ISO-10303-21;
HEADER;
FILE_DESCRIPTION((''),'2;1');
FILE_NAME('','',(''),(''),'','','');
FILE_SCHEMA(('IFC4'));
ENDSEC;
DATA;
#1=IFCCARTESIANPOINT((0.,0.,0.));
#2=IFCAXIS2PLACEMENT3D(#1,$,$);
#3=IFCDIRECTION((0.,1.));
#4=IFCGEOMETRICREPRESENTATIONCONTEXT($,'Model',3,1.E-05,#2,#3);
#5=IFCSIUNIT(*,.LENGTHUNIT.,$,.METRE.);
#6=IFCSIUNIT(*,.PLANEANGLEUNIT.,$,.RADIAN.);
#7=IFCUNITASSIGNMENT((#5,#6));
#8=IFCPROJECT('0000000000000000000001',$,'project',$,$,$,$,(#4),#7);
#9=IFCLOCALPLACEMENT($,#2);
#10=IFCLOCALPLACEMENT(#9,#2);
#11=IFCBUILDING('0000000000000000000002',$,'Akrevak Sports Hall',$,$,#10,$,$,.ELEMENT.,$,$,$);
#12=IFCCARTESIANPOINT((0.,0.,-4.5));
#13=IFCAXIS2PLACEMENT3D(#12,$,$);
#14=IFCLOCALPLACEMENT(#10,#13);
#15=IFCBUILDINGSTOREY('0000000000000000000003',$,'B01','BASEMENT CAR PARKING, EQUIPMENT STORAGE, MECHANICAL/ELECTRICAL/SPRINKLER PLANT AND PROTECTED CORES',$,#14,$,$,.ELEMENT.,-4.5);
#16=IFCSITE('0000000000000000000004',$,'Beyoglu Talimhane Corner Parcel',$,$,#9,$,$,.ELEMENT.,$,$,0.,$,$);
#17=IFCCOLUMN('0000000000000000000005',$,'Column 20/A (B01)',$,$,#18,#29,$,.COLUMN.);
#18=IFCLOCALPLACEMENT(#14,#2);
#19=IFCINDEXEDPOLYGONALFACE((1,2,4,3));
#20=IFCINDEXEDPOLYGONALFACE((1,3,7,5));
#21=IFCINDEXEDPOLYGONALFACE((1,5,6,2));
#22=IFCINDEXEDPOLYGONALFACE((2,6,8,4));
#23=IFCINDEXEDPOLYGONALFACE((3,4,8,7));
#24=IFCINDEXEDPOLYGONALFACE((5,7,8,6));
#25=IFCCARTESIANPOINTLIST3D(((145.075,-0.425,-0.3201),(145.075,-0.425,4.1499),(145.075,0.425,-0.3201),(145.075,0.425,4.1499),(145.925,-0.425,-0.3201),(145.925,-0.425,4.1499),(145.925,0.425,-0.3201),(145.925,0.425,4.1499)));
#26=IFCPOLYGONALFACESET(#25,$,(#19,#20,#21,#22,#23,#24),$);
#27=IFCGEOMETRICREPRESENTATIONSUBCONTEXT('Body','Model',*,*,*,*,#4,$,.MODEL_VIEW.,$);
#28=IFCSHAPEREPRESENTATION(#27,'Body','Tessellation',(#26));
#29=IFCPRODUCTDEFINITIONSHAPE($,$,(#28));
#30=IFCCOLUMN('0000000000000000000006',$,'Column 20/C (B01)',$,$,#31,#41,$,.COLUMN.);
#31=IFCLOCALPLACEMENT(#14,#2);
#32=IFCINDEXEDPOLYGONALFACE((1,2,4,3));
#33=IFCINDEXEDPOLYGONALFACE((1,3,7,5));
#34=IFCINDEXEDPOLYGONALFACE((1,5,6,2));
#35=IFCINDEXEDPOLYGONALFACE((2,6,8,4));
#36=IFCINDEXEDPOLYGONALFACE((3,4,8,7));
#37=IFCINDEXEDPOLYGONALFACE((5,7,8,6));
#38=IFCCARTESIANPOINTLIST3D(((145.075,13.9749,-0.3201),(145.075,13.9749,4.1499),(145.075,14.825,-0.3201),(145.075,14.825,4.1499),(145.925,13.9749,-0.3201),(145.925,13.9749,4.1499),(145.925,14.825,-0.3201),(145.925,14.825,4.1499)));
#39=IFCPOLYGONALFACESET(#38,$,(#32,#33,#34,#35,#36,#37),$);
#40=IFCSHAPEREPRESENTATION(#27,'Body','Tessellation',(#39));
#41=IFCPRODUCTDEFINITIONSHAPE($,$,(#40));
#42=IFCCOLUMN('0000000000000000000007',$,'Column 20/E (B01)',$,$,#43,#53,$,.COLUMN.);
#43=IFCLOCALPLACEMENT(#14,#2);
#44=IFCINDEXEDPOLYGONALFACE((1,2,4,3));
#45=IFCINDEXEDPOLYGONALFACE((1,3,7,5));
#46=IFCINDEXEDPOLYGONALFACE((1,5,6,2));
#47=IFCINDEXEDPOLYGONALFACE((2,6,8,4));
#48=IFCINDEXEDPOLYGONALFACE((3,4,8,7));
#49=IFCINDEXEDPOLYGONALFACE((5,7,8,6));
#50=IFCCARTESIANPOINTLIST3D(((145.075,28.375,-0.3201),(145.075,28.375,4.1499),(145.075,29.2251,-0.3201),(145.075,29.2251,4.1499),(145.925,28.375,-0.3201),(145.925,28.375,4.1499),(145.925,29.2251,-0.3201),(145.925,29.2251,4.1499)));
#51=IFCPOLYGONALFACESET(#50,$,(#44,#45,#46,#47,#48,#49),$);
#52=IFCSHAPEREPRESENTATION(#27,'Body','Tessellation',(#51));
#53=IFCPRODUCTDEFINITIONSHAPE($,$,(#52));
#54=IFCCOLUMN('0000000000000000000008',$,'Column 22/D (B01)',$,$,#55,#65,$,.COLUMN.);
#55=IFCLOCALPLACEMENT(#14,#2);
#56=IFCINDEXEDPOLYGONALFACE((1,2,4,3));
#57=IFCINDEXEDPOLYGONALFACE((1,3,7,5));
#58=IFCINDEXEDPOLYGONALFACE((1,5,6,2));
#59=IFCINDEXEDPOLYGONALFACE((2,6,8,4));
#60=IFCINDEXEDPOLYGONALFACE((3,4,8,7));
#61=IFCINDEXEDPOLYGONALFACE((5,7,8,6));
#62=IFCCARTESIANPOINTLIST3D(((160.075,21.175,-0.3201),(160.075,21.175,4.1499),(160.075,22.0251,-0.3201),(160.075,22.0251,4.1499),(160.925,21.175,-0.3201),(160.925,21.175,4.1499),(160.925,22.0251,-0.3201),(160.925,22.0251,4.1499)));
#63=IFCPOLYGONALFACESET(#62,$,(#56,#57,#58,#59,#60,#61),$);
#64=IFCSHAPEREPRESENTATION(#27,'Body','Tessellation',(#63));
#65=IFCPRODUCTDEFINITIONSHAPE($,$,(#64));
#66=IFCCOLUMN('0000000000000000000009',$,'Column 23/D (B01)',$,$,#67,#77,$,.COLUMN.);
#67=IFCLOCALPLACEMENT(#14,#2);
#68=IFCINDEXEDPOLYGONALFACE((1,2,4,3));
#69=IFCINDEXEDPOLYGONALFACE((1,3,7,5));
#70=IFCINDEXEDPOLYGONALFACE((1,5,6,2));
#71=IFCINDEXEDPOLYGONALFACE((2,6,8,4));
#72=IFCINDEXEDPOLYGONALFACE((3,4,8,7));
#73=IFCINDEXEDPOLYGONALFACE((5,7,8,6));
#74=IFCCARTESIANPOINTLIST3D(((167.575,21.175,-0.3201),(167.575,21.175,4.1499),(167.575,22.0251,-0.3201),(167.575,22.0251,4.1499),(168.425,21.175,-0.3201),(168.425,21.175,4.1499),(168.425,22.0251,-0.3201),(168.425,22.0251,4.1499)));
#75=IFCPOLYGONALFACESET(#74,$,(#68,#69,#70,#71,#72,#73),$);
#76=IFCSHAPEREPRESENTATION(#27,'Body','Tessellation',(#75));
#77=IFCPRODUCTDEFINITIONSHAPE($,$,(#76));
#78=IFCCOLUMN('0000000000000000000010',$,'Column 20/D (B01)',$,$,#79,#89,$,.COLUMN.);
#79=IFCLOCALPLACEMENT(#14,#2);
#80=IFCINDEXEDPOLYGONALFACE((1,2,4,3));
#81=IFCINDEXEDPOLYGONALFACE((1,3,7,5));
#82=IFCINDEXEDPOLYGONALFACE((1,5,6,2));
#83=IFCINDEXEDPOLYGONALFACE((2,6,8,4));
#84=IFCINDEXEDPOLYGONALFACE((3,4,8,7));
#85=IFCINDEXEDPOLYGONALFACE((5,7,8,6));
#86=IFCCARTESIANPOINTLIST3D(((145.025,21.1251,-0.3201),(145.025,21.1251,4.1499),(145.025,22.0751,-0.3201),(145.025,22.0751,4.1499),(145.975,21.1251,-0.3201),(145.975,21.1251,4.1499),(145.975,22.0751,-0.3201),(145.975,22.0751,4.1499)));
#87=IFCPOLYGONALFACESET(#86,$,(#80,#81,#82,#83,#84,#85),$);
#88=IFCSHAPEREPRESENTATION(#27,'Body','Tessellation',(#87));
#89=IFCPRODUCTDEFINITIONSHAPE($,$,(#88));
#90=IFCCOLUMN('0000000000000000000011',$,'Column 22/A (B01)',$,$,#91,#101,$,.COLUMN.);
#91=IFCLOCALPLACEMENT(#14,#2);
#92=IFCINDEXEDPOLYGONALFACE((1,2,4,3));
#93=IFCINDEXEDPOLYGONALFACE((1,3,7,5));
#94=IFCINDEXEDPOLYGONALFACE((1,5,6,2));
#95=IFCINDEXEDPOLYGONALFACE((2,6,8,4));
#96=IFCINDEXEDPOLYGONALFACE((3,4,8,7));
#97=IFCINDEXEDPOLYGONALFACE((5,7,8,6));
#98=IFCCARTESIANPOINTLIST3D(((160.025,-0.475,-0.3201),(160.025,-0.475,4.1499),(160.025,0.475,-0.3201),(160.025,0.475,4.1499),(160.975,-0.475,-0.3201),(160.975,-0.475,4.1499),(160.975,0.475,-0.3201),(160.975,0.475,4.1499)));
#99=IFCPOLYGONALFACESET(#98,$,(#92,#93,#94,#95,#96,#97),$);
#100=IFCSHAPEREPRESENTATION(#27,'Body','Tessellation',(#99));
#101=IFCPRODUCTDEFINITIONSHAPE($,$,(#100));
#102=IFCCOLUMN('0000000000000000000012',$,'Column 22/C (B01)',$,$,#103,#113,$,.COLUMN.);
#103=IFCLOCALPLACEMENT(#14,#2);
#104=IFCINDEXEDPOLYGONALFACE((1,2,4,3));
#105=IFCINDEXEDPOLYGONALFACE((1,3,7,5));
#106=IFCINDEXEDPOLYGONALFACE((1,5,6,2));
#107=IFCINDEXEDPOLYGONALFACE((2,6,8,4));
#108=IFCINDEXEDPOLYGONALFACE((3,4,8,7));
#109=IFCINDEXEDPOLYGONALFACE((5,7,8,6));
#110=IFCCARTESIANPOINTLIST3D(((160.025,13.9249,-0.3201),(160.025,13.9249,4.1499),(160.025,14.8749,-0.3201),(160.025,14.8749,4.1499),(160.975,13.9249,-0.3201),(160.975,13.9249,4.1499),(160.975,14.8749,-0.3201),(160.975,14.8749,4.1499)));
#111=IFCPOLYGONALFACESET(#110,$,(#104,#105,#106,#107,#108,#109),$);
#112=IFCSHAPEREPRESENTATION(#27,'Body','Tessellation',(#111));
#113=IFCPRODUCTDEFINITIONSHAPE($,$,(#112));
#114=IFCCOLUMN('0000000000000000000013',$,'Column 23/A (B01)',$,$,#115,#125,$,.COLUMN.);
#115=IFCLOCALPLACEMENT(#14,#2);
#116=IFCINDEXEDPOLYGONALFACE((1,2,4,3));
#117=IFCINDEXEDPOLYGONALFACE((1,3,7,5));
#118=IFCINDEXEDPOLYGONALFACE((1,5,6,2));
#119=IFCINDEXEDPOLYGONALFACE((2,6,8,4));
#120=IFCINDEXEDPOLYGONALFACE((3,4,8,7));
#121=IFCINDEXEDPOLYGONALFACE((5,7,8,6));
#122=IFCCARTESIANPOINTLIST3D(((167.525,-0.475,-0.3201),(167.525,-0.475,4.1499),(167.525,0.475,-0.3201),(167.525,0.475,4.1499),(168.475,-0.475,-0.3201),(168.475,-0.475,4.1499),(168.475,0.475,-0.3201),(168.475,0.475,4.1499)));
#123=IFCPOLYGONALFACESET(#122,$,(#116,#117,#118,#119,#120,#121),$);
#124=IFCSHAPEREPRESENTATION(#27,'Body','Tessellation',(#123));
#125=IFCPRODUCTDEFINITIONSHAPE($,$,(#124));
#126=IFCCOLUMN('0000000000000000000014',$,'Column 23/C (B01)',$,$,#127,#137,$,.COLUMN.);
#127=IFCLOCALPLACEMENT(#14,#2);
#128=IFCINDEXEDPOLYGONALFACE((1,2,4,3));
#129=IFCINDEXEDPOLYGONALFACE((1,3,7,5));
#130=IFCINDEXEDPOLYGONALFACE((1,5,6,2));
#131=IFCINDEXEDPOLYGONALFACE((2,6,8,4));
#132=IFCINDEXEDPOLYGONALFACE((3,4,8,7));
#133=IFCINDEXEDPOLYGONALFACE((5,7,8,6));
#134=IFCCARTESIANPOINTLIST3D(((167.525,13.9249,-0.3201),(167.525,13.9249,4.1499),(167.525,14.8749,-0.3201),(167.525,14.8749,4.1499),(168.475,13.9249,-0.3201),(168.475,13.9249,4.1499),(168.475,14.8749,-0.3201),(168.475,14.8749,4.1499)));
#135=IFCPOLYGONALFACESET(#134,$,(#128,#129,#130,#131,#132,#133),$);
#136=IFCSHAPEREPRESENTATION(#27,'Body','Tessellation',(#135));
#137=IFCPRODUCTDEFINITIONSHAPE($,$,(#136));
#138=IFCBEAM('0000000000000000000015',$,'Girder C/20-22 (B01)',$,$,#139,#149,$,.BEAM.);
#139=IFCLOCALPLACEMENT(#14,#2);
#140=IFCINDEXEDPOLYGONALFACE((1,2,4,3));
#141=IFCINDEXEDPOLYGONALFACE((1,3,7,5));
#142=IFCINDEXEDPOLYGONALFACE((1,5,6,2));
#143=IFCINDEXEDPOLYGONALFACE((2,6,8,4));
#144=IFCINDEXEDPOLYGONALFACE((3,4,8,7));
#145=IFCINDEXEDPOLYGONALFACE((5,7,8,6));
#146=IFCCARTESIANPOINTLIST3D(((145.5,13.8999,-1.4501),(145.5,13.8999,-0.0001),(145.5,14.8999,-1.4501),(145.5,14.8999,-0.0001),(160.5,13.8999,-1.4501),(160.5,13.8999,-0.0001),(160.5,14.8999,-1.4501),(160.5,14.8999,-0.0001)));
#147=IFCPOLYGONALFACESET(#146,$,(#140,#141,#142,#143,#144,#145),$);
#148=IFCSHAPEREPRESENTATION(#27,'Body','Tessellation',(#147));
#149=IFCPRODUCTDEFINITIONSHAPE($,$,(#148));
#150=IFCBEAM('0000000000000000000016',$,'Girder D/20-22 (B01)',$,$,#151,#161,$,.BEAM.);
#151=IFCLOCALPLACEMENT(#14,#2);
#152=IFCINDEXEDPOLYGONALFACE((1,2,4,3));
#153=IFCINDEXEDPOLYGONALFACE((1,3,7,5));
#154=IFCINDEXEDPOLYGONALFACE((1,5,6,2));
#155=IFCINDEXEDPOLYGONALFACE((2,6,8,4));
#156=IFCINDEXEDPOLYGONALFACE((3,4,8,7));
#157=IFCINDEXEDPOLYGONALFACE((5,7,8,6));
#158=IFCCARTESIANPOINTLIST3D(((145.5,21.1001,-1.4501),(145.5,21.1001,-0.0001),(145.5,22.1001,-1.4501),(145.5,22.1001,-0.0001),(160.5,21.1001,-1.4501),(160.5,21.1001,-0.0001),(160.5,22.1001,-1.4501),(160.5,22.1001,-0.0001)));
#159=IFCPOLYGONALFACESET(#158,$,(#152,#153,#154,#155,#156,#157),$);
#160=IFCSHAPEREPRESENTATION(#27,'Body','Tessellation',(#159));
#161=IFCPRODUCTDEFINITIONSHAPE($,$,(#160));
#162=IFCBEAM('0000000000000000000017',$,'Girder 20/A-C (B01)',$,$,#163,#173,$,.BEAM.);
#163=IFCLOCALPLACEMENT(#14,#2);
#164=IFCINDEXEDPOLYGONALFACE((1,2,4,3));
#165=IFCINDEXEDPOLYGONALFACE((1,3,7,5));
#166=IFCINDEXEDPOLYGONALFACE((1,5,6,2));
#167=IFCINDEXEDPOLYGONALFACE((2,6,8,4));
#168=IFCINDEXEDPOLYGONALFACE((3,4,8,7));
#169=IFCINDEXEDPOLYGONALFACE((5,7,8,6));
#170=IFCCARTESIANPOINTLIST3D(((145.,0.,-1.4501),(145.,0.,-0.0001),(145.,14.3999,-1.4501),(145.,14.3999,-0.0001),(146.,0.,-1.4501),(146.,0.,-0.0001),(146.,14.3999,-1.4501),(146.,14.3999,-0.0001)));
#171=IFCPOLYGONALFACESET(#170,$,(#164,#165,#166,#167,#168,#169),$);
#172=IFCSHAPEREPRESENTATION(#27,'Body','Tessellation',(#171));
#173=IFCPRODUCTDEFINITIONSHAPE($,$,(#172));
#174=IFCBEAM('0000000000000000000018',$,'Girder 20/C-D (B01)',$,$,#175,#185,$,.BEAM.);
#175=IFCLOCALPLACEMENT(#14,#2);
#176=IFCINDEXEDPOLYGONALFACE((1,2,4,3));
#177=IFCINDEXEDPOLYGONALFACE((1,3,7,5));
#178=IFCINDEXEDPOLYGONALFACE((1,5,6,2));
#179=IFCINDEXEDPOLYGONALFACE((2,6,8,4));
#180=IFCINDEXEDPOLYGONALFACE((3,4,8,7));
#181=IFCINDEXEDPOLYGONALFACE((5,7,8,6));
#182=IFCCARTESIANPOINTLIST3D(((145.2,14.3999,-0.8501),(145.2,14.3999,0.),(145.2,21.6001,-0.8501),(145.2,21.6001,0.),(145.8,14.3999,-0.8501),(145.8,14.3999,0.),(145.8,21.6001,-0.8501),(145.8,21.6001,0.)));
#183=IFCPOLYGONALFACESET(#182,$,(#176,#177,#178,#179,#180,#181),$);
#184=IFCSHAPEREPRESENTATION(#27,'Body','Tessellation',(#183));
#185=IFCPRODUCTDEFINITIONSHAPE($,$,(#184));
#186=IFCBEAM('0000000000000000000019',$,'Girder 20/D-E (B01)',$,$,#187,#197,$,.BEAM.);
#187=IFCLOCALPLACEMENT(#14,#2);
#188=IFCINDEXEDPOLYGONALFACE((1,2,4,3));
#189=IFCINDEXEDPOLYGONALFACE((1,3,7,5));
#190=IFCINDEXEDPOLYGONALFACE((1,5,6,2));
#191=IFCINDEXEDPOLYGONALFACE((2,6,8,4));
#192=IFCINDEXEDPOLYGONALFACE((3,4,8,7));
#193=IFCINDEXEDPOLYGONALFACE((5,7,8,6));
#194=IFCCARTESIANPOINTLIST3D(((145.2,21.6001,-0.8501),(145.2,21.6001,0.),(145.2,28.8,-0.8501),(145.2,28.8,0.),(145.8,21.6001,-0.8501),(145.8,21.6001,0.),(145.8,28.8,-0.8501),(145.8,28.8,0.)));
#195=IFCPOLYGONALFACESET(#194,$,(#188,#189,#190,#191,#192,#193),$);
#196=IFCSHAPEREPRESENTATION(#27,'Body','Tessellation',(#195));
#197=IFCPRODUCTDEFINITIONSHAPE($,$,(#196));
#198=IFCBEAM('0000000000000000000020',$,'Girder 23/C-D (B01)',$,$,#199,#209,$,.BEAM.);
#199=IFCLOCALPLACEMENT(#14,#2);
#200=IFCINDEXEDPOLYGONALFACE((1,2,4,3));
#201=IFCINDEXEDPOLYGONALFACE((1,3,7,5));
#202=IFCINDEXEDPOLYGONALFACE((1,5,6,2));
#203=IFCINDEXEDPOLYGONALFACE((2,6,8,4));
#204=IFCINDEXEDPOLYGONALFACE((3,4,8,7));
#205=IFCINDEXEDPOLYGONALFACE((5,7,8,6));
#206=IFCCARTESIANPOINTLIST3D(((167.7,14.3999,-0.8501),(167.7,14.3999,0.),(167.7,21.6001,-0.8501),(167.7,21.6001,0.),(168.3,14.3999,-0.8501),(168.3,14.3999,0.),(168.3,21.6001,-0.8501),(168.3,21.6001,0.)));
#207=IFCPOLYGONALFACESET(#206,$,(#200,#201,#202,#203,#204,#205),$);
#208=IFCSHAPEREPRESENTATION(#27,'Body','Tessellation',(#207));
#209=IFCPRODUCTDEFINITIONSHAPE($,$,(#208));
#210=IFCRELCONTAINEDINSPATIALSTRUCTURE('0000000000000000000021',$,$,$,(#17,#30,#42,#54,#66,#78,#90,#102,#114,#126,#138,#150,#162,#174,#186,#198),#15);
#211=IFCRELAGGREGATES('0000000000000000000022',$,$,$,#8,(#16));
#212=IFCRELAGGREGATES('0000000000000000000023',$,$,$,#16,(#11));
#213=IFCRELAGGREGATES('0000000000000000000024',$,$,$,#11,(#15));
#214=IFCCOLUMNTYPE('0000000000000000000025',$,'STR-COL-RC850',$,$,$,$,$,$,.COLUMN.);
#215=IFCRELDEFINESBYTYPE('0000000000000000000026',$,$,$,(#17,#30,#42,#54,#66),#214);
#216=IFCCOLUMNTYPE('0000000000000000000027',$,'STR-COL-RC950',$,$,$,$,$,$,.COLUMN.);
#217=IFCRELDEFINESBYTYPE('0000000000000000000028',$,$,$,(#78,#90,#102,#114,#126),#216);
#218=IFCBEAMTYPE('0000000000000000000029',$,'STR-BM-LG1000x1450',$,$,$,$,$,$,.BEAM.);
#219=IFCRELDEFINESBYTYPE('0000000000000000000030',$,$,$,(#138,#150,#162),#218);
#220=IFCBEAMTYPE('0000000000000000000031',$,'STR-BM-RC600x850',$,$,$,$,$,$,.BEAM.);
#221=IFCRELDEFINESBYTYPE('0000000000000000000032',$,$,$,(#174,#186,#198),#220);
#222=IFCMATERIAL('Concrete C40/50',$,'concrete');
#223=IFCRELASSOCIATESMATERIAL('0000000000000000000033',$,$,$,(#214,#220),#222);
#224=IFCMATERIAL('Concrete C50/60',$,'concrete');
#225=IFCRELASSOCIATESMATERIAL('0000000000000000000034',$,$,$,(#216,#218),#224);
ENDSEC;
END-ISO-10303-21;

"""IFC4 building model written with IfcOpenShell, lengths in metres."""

from ifc_helpers import new_model, si_unit, direction, frame, origin, origin_2d, place, context, subcontext, project, spatial, rectangle, extrude, material, material_profile, profile_set, type_object, element, save


model = new_model("IFC4")

# Units and contexts
model_context = context("Model", 3, precision=1e-05, world=origin(), true_north=direction((0.0, 1.0)))
body_context = subcontext(model_context, "Body", "Model", "MODEL_VIEW")
ifc_project = project(units=[si_unit("LENGTHUNIT", "METRE"), si_unit("PLANEANGLEUNIT", "RADIAN")], contexts=[model_context])

# Site, building, storey
site_placement = place(None, origin())
site = spatial("IfcSite", under=ifc_project, at=site_placement, Name="Beyoglu Talimhane Corner Parcel", CompositionType="ELEMENT", RefElevation=0.0)
building_placement = place(site_placement, origin())
building = spatial("IfcBuilding", under=site, at=building_placement, Name="Akrevak Sports Hall", CompositionType="ELEMENT")
storey_placement = place(building_placement, frame((0.0, 0.0, -4.5)))
storey = spatial("IfcBuildingStorey", under=building, at=storey_placement, Name="B01", Description="BASEMENT CAR PARKING, EQUIPMENT STORAGE, MECHANICAL/ELECTRICAL/SPRINKLER PLANT AND PROTECTED CORES", CompositionType="ELEMENT", Elevation=-4.5)

# Columns
ifc_material_1 = material(Name="Concrete C40/50", Category="concrete")
ifc_material_profile_1 = material_profile(ifc_material_1, rectangle(XDim=0.8501, YDim=0.8501, at=origin_2d()), Name="RC 850x850", Category="concrete")
ifc_profile_set_1 = profile_set([ifc_material_profile_1], Name="Concrete C40/50")
column_type_1 = type_object("IfcColumnType", Name="STR-COL-RC850", PredefinedType="COLUMN", material=ifc_profile_set_1)
for number, where, z_axis, x_axis, name in (
    (1, (145.5, 0.0, -0.3201), (0.0, 0.0, 1.0), (1.0, 0.0, 0.0), "Column 20/A (B01)"),
    (2, (145.5, 14.3999, -0.3201), (0.0, 0.0, 1.0), (1.0, 0.0, 0.0), "Column 20/C (B01)"),
    (3, (145.5, 28.8, -0.3201), (0.0, 0.0, 1.0), (1.0, 0.0, 0.0), "Column 20/E (B01)"),
    (4, (160.5, 21.6001, -0.3201), (0.0, 0.0, 1.0), (1.0, 0.0, 0.0), "Column 22/D (B01)"),
    (5, (168.0, 21.6001, -0.3201), (0.0, 0.0, 1.0), (1.0, 0.0, 0.0), "Column 23/D (B01)"),
):
    element("IfcColumn", number, at=place(storey_placement, frame(where, z_axis=z_axis, x_axis=x_axis)), inside=storey, type_object=column_type_1, Name=name, PredefinedType="COLUMN", context=body_context, shape_type="SweptSolid", body=[
        extrude(rectangle(XDim=0.8501, YDim=0.8501, at=origin_2d()), origin(), (0.0, 0.0, 1.0), 4.47),
    ])
ifc_material_2 = material(Name="Concrete C50/60", Category="concrete")
ifc_material_profile_2 = material_profile(ifc_material_2, rectangle(XDim=0.95, YDim=0.95, at=origin_2d()), Name="RC 950x950", Category="concrete")
ifc_profile_set_2 = profile_set([ifc_material_profile_2], Name="Concrete C50/60")
column_type_2 = type_object("IfcColumnType", Name="STR-COL-RC950", PredefinedType="COLUMN", material=ifc_profile_set_2)
for number, where, z_axis, x_axis, name in (
    (6, (145.5, 21.6001, -0.3201), (0.0, 0.0, 1.0), (1.0, 0.0, 0.0), "Column 20/D (B01)"),
    (7, (160.5, 0.0, -0.3201), (0.0, 0.0, 1.0), (1.0, 0.0, 0.0), "Column 22/A (B01)"),
    (8, (160.5, 14.3999, -0.3201), (0.0, 0.0, 1.0), (1.0, 0.0, 0.0), "Column 22/C (B01)"),
    (9, (168.0, 0.0, -0.3201), (0.0, 0.0, 1.0), (1.0, 0.0, 0.0), "Column 23/A (B01)"),
    (10, (168.0, 14.3999, -0.3201), (0.0, 0.0, 1.0), (1.0, 0.0, 0.0), "Column 23/C (B01)"),
):
    element("IfcColumn", number, at=place(storey_placement, frame(where, z_axis=z_axis, x_axis=x_axis)), inside=storey, type_object=column_type_2, Name=name, PredefinedType="COLUMN", context=body_context, shape_type="SweptSolid", body=[
        extrude(rectangle(XDim=0.95, YDim=0.95, at=origin_2d()), origin(), (0.0, 0.0, 1.0), 4.47),
    ])

# Beams
ifc_material_profile_3 = material_profile(ifc_material_2, rectangle(XDim=1.0, YDim=1.45, at=origin_2d()), Name="BM 1000x1450", Category="concrete")
ifc_profile_set_3 = profile_set([ifc_material_profile_3], Name="Concrete C50/60")
beam_type_1 = type_object("IfcBeamType", Name="STR-BM-LG1000x1450", PredefinedType="BEAM", material=ifc_profile_set_3)
for number, where, z_axis, x_axis, name in (
    (11, (145.5, 14.3999, -0.7251), (1.0, 0.0, 0.0), (0.0, 1.0, 0.0), "Girder C/20-22 (B01)"),
    (12, (145.5, 21.6001, -0.7251), (1.0, 0.0, 0.0), (0.0, 1.0, 0.0), "Girder D/20-22 (B01)"),
):
    element("IfcBeam", number, at=place(storey_placement, frame(where, z_axis=z_axis, x_axis=x_axis)), inside=storey, type_object=beam_type_1, Name=name, PredefinedType="BEAM", context=body_context, shape_type="SweptSolid", body=[
        extrude(rectangle(XDim=1.0, YDim=1.45, at=origin_2d()), origin(), (0.0, 0.0, 1.0), 15.0),
    ])
beam_1_placement = place(storey_placement, frame((145.5, 0.0, -0.7251), z_axis=(0.0, 1.0, 0.0), x_axis=(-1.0, 0.0, 0.0)))
element("IfcBeam", 13, at=beam_1_placement, inside=storey, type_object=beam_type_1, Name="Girder 20/A-C (B01)", PredefinedType="BEAM", context=body_context, shape_type="SweptSolid", body=[
    extrude(rectangle(XDim=1.0, YDim=1.45, at=origin_2d()), origin(), (0.0, 0.0, 1.0), 14.3999),
])
ifc_material_profile_4 = material_profile(ifc_material_1, rectangle(XDim=0.6001, YDim=0.8501, at=origin_2d()), Name="BM 600x850", Category="concrete")
ifc_profile_set_4 = profile_set([ifc_material_profile_4], Name="Concrete C40/50")
beam_type_2 = type_object("IfcBeamType", Name="STR-BM-RC600x850", PredefinedType="BEAM", material=ifc_profile_set_4)
beam_2_placement = place(storey_placement, frame((145.5, 14.3999, -0.425), z_axis=(0.0, 1.0, 0.0), x_axis=(-1.0, 0.0, 0.0)))
element("IfcBeam", 14, at=beam_2_placement, inside=storey, type_object=beam_type_2, Name="Girder 20/C-D (B01)", PredefinedType="BEAM", context=body_context, shape_type="SweptSolid", body=[
    extrude(rectangle(XDim=0.6001, YDim=0.8501, at=origin_2d()), origin(), (0.0, 0.0, 1.0), 7.2002),
])
beam_3_placement = place(storey_placement, frame((145.5, 21.6001, -0.425), z_axis=(0.0, 1.0, 0.0), x_axis=(-1.0, 0.0, 0.0)))
element("IfcBeam", 15, at=beam_3_placement, inside=storey, type_object=beam_type_2, Name="Girder 20/D-E (B01)", PredefinedType="BEAM", context=body_context, shape_type="SweptSolid", body=[
    extrude(rectangle(XDim=0.6001, YDim=0.8501, at=origin_2d()), origin(), (0.0, 0.0, 1.0), 7.2),
])
beam_4_placement = place(storey_placement, frame((168.0, 14.3999, -0.425), z_axis=(0.0, 1.0, 0.0), x_axis=(-1.0, 0.0, 0.0)))
element("IfcBeam", 16, at=beam_4_placement, inside=storey, type_object=beam_type_2, Name="Girder 23/C-D (B01)", PredefinedType="BEAM", context=body_context, shape_type="SweptSolid", body=[
    extrude(rectangle(XDim=0.6001, YDim=0.8501, at=origin_2d()), origin(), (0.0, 0.0, 1.0), 7.2002),
])

save(model, "model.ifc")
